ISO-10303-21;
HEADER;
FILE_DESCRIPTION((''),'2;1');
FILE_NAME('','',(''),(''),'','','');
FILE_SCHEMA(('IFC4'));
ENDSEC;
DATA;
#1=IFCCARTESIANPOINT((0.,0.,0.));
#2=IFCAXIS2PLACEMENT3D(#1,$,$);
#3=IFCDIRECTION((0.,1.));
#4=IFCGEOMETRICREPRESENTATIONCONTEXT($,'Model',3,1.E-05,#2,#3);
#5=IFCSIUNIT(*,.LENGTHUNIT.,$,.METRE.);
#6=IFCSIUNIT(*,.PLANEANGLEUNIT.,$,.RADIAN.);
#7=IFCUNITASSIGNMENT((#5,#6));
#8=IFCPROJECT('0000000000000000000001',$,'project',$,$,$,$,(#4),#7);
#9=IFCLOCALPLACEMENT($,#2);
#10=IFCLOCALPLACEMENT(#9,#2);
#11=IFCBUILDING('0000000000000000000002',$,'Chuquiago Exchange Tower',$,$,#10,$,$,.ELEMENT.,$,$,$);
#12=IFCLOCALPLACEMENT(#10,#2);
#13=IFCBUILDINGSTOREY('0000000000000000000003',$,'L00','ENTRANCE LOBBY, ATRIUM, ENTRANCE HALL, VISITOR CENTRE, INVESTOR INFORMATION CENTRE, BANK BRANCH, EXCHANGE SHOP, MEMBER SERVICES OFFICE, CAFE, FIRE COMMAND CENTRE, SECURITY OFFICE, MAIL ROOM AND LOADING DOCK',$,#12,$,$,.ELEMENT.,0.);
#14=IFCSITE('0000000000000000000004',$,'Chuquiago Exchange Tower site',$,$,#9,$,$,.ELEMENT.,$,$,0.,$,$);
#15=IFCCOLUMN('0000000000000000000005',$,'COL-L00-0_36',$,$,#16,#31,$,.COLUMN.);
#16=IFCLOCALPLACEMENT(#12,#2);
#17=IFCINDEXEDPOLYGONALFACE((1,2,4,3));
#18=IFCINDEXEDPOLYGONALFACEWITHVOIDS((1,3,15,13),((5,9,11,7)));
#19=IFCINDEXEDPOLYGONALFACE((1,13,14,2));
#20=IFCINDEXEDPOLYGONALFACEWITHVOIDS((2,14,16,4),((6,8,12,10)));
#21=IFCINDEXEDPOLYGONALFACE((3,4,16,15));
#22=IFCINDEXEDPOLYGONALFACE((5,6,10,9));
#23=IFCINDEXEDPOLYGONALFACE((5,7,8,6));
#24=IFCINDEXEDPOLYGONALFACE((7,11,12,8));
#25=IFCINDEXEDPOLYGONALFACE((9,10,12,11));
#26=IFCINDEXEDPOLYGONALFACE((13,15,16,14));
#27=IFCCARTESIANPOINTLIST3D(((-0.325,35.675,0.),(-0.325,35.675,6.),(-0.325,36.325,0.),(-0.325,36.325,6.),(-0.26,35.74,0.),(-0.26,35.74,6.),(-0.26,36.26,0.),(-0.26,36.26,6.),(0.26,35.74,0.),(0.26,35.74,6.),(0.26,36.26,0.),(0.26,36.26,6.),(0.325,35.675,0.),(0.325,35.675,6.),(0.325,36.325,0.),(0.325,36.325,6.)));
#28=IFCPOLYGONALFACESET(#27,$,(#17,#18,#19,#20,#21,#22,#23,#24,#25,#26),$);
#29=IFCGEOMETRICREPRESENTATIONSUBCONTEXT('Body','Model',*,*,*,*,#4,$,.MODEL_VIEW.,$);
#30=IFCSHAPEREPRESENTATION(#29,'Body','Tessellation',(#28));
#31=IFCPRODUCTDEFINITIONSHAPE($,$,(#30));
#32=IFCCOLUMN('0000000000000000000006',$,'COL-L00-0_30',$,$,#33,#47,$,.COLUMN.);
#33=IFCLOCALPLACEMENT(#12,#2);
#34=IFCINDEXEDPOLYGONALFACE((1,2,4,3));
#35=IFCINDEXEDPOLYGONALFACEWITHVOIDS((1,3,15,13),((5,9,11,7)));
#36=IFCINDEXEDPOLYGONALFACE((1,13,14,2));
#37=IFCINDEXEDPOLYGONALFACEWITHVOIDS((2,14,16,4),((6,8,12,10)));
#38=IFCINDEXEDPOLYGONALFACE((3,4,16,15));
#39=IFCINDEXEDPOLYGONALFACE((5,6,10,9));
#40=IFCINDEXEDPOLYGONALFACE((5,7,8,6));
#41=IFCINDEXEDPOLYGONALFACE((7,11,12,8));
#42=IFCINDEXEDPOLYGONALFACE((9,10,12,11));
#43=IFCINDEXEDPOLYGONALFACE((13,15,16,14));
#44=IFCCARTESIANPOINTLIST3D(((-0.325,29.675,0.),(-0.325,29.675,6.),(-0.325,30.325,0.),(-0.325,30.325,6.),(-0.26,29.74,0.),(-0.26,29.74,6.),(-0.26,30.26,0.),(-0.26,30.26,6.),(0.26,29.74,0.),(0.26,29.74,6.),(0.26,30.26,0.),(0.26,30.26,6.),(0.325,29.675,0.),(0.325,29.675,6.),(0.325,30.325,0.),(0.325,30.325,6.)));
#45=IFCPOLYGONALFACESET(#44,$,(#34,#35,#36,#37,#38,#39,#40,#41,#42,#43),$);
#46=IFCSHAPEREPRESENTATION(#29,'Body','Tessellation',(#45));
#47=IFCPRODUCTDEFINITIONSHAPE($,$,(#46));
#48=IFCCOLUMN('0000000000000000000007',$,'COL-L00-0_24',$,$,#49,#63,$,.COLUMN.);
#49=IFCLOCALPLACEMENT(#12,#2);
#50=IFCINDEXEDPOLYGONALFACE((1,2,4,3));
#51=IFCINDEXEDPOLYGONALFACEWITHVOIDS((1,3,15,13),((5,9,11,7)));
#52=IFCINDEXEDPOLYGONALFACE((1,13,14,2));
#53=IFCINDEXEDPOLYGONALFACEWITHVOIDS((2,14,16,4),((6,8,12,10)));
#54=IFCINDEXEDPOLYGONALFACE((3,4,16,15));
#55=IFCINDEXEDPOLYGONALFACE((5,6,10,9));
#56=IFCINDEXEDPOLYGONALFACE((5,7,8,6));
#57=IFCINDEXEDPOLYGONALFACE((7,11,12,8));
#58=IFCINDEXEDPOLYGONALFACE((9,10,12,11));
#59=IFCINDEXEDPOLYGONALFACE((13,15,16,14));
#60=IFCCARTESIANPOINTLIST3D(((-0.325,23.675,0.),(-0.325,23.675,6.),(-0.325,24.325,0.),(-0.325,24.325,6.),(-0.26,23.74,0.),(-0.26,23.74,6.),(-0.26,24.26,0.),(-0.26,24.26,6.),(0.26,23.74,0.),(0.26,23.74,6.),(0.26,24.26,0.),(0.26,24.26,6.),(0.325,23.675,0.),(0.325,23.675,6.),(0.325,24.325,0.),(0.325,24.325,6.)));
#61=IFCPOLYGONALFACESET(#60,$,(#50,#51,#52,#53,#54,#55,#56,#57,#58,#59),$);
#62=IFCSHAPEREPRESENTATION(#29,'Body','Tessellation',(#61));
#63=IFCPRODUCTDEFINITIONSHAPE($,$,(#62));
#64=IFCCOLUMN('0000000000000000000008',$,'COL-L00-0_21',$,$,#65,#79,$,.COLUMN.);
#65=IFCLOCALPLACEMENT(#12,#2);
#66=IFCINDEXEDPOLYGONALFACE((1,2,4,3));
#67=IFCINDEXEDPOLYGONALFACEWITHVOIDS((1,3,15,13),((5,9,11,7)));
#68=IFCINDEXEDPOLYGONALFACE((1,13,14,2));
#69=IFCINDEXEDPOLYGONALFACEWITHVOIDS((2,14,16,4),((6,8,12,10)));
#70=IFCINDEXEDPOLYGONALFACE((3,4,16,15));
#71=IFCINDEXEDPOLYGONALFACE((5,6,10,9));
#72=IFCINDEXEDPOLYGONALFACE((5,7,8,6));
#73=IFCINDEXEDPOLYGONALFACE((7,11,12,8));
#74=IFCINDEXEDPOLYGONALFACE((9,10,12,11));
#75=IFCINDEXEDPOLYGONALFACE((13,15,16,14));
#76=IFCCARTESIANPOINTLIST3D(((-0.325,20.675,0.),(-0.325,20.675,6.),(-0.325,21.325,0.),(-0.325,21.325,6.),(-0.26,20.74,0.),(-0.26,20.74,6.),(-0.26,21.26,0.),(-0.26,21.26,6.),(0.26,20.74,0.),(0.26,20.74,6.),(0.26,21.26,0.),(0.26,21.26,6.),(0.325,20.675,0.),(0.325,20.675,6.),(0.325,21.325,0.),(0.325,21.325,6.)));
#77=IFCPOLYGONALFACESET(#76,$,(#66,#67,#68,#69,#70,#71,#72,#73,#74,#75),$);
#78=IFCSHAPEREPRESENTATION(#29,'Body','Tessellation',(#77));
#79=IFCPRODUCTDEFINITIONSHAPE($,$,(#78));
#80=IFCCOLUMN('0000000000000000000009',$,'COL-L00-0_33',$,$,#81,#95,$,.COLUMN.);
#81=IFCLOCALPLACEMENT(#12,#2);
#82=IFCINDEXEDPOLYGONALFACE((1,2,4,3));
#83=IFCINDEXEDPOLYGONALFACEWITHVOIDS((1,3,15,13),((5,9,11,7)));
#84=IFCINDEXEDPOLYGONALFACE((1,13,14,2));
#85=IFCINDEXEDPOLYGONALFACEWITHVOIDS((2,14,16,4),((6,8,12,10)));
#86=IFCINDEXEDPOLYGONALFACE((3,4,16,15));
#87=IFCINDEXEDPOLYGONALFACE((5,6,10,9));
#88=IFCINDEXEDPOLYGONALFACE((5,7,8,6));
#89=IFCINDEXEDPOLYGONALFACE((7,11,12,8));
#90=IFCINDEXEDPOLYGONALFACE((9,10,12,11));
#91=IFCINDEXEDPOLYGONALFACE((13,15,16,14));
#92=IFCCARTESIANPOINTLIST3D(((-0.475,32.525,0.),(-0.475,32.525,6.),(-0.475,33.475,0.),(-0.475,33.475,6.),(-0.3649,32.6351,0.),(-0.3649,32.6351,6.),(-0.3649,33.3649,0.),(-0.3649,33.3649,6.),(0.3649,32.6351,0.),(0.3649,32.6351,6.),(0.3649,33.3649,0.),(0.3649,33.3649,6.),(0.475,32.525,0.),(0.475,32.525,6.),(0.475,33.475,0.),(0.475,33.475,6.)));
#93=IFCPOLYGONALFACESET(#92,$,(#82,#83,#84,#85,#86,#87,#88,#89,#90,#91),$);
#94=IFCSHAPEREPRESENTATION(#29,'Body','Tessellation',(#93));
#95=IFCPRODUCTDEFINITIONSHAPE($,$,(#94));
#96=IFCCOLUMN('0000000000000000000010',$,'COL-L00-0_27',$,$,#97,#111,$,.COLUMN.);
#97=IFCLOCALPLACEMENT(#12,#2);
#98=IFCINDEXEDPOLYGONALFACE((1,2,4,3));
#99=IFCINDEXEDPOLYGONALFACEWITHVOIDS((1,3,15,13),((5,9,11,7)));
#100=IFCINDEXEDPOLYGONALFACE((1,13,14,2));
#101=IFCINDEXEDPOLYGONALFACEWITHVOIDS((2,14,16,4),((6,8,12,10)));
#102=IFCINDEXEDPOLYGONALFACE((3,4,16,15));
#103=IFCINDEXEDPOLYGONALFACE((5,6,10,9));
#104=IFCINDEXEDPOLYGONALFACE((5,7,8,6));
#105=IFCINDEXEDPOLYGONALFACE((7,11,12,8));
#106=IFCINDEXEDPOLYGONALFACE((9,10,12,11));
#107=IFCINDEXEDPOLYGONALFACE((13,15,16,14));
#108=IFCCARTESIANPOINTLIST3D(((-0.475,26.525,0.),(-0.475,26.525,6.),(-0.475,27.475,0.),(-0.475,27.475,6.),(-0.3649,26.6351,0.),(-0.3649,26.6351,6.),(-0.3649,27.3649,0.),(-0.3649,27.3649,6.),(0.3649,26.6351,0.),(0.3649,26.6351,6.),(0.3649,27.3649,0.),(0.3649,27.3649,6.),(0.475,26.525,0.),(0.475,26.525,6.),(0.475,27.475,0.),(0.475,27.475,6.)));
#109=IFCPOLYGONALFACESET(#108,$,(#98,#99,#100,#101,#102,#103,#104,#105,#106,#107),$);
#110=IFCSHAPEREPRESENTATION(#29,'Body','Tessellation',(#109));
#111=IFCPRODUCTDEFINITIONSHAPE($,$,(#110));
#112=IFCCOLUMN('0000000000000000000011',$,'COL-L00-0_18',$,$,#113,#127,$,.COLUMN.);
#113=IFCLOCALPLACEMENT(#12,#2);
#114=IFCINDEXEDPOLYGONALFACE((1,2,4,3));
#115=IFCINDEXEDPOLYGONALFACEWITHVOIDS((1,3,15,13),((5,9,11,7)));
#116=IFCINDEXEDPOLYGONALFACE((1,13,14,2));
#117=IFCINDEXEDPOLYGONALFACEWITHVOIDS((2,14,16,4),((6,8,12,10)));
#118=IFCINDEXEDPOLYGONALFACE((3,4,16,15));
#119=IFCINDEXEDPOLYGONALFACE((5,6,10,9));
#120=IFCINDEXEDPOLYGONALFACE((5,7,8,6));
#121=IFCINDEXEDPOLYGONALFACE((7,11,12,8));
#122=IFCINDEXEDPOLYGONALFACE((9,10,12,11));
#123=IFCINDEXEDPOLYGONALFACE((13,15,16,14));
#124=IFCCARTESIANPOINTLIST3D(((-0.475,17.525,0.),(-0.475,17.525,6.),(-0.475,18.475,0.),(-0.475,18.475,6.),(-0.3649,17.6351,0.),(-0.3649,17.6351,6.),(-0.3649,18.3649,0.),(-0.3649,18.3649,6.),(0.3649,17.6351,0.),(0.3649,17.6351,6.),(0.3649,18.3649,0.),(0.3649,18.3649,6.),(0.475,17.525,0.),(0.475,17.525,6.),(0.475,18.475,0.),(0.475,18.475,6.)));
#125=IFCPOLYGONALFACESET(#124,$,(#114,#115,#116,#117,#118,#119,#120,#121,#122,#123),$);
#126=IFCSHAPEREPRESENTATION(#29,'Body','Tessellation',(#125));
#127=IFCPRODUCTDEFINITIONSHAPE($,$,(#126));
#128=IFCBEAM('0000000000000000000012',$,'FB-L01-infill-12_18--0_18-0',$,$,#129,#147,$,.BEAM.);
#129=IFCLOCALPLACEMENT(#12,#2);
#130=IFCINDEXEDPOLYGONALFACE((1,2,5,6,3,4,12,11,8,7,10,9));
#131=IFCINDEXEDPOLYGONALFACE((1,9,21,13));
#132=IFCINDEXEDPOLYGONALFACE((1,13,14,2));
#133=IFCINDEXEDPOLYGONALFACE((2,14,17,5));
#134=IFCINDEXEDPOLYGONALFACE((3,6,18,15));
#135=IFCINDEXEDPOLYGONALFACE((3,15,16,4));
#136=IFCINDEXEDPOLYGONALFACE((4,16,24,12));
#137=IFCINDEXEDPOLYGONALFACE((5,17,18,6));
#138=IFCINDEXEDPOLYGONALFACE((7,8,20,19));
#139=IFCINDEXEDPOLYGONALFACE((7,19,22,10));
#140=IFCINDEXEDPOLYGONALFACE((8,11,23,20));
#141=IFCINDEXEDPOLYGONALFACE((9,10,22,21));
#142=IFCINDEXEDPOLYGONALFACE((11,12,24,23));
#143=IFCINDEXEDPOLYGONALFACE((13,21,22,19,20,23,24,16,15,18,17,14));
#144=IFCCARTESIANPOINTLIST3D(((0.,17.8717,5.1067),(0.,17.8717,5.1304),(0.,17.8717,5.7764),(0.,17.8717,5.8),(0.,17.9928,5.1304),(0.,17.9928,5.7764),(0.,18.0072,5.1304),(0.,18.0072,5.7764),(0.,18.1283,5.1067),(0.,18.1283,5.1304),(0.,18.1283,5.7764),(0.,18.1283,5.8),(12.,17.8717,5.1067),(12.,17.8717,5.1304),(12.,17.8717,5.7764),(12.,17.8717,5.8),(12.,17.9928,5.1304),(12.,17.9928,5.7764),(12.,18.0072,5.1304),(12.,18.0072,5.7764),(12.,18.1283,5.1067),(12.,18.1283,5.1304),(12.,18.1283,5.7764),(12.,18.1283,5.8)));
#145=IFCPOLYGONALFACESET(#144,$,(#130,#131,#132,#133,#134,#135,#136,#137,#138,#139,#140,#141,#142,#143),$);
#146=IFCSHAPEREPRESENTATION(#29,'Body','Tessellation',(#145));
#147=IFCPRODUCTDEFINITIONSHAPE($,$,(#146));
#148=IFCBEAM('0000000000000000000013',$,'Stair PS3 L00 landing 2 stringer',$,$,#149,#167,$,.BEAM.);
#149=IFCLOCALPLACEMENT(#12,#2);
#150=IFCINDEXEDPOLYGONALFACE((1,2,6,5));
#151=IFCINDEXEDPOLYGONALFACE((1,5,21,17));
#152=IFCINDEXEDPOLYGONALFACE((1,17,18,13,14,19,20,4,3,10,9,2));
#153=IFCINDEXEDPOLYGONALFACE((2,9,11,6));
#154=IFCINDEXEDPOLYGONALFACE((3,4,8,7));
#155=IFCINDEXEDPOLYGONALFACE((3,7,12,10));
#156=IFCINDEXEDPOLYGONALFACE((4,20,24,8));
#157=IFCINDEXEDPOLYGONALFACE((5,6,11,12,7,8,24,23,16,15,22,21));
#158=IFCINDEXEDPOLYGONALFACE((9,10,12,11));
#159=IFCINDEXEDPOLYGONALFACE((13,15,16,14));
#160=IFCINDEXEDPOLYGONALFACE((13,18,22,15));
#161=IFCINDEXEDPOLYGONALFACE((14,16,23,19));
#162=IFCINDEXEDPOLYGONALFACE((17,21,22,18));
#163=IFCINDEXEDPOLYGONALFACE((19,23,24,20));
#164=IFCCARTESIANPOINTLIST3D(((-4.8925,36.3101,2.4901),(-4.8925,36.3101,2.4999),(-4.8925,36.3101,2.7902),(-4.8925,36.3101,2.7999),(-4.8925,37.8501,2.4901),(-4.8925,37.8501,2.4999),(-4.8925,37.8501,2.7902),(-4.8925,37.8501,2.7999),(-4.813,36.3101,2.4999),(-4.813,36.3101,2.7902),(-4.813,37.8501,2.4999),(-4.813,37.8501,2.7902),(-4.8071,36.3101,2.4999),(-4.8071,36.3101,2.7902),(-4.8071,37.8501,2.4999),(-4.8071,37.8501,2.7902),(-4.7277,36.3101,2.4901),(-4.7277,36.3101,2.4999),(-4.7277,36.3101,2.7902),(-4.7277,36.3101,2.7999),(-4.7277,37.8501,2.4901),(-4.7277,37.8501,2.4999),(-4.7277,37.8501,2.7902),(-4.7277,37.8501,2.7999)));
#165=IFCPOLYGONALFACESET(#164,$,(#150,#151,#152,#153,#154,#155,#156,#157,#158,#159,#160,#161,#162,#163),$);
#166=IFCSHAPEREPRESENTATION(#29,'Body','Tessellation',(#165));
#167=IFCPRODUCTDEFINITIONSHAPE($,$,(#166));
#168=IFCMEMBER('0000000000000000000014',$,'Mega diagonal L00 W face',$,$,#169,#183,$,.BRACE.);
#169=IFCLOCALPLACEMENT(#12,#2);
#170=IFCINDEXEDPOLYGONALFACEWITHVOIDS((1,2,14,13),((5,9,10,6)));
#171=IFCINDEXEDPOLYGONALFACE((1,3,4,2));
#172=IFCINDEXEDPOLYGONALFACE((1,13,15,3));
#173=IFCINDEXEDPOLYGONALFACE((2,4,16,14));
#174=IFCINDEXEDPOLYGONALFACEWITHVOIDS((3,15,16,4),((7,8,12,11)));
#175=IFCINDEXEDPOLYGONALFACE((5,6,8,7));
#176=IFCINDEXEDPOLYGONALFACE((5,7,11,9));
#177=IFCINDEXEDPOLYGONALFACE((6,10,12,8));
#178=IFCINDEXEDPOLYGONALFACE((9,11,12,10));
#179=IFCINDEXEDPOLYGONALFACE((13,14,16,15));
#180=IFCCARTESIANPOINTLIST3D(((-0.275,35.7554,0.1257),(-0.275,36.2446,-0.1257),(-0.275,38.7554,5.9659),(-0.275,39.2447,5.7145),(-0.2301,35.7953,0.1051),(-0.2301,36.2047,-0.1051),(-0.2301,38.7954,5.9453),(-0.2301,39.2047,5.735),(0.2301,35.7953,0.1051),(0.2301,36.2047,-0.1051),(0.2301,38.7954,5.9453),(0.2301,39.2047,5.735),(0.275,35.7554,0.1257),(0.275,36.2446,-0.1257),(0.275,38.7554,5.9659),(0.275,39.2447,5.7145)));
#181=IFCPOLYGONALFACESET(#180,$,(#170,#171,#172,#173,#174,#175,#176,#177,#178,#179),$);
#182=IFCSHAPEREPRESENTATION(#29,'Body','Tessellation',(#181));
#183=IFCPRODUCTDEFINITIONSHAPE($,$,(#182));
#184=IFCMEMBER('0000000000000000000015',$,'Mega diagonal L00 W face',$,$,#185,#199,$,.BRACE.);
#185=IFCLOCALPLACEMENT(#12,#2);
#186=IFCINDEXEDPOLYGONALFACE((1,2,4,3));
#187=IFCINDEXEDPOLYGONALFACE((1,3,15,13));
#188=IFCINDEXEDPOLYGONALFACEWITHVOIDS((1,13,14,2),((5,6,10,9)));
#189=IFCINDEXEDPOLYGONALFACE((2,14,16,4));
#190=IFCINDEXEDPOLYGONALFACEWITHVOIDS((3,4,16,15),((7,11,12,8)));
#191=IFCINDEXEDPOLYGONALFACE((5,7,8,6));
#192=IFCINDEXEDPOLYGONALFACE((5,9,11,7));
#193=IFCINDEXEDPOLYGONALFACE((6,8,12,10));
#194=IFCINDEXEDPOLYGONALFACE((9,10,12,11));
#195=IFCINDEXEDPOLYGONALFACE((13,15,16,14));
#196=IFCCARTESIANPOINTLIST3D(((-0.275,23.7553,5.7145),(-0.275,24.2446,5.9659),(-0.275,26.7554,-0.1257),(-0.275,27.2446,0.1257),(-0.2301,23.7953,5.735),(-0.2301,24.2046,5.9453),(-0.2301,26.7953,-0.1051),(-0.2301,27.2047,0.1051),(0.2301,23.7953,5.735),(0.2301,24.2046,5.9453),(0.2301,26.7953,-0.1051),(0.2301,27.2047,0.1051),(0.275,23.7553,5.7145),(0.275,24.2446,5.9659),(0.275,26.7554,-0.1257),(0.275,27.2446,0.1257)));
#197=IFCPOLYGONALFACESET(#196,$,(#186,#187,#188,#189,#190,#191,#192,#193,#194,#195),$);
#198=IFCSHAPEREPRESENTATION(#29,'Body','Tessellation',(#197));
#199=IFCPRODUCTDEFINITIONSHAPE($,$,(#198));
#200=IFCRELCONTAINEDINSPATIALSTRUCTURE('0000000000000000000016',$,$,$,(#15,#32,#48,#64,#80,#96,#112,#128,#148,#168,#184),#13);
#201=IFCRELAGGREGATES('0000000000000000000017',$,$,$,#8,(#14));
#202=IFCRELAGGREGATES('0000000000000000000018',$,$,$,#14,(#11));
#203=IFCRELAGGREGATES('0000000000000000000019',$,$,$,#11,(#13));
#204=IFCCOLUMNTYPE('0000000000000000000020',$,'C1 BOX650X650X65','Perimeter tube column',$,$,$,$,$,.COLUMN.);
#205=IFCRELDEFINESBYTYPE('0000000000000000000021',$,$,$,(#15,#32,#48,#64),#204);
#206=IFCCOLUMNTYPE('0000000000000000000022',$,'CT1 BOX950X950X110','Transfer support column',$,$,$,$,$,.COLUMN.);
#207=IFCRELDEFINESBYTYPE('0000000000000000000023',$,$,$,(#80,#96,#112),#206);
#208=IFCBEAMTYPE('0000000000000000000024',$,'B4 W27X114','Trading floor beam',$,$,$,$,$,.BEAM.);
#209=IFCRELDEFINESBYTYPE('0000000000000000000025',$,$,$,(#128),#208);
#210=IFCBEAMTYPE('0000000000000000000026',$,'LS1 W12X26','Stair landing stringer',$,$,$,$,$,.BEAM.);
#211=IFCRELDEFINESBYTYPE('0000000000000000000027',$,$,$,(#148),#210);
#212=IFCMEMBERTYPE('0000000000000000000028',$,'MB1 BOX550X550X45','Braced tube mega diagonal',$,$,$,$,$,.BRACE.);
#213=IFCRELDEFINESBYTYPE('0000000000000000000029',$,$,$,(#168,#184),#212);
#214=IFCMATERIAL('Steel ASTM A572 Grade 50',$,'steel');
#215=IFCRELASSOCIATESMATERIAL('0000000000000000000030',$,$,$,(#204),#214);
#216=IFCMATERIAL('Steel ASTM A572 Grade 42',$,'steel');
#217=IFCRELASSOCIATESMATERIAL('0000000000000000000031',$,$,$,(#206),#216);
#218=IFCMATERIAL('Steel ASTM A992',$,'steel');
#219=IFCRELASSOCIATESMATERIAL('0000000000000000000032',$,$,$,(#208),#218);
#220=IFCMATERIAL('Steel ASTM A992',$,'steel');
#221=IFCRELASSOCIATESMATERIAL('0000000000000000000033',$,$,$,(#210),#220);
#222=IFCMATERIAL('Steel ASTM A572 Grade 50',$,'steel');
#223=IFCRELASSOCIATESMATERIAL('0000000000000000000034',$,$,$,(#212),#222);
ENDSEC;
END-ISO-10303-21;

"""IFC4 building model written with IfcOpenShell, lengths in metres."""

from ifc_helpers import new_model, si_unit, direction, frame, origin, origin_2d, place, context, subcontext, project, spatial, hollow_rectangle, i_section, extrude, material, material_profile, profile_set, type_object, element, save


model = new_model("IFC4")

# Units and contexts
model_context = context("Model", 3, precision=1e-05, world=origin(), true_north=direction((0.0, 1.0)))
body_context = subcontext(model_context, "Body", "Model", "MODEL_VIEW")
ifc_project = project(units=[si_unit("LENGTHUNIT", "METRE"), si_unit("PLANEANGLEUNIT", "RADIAN")], contexts=[model_context])

# Site, building, storey
site_placement = place(None, origin())
site = spatial("IfcSite", under=ifc_project, at=site_placement, Name="Chuquiago Exchange Tower site", CompositionType="ELEMENT", RefElevation=0.0)
building_placement = place(site_placement, origin())
building = spatial("IfcBuilding", under=site, at=building_placement, Name="Chuquiago Exchange Tower", CompositionType="ELEMENT")
storey_placement = place(building_placement, origin())
storey = spatial("IfcBuildingStorey", under=building, at=storey_placement, Name="L00", Description="ENTRANCE LOBBY, ATRIUM, ENTRANCE HALL, VISITOR CENTRE, INVESTOR INFORMATION CENTRE, BANK BRANCH, EXCHANGE SHOP, MEMBER SERVICES OFFICE, CAFE, FIRE COMMAND CENTRE, SECURITY OFFICE, MAIL ROOM AND LOADING DOCK", CompositionType="ELEMENT", Elevation=0.0)

# Columns
ifc_material_1 = material(Name="Steel ASTM A572 Grade 50", Category="steel")
ifc_material_profile_1 = material_profile(ifc_material_1, hollow_rectangle(XDim=0.6499, YDim=0.6499, WallThickness=0.0649, at=origin_2d()), Name="BOX650X650X65")
ifc_profile_set_1 = profile_set([ifc_material_profile_1], Name="Steel ASTM A572 Grade 50")
column_type_1 = type_object("IfcColumnType", Name="C1 BOX650X650X65", Description="Perimeter tube column", PredefinedType="COLUMN", material=ifc_profile_set_1)
for number, where, z_axis, x_axis, name in (
    (1, (0.0, 36.0, 0.0), (0.0, 0.0, 1.0), (-1.0, 0.0, 0.0), "COL-L00-0_36"),
    (2, (0.0, 30.0, 0.0), (0.0, 0.0, 1.0), (-1.0, 0.0, 0.0), "COL-L00-0_30"),
    (3, (0.0, 24.0, 0.0), (0.0, 0.0, 1.0), (-1.0, 0.0, 0.0), "COL-L00-0_24"),
    (4, (0.0, 21.0, 0.0), (0.0, 0.0, 1.0), (-1.0, 0.0, 0.0), "COL-L00-0_21"),
):
    element("IfcColumn", number, at=place(storey_placement, frame(where, z_axis=z_axis, x_axis=x_axis)), inside=storey, type_object=column_type_1, Name=name, PredefinedType="COLUMN", context=body_context, shape_type="SweptSolid", body=[
        extrude(hollow_rectangle(XDim=0.6499, YDim=0.6499, WallThickness=0.0649, at=origin_2d()), origin(), (0.0, 0.0, 1.0), 6.0),
    ])
ifc_material_2 = material(Name="Steel ASTM A572 Grade 42", Category="steel")
ifc_material_profile_2 = material_profile(ifc_material_2, hollow_rectangle(XDim=0.95, YDim=0.95, WallThickness=0.1101, at=origin_2d()), Name="BOX950X950X110")
ifc_profile_set_2 = profile_set([ifc_material_profile_2], Name="Steel ASTM A572 Grade 42")
column_type_2 = type_object("IfcColumnType", Name="CT1 BOX950X950X110", Description="Transfer support column", PredefinedType="COLUMN", material=ifc_profile_set_2)
for number, where, z_axis, x_axis, name in (
    (5, (0.0, 33.0, 0.0), (0.0, 0.0, 1.0), (-1.0, 0.0, 0.0), "COL-L00-0_33"),
    (6, (0.0, 27.0, 0.0), (0.0, 0.0, 1.0), (-1.0, 0.0, 0.0), "COL-L00-0_27"),
    (7, (0.0, 18.0, 0.0), (0.0, 0.0, 1.0), (-1.0, 0.0, 0.0), "COL-L00-0_18"),
):
    element("IfcColumn", number, at=place(storey_placement, frame(where, z_axis=z_axis, x_axis=x_axis)), inside=storey, type_object=column_type_2, Name=name, PredefinedType="COLUMN", context=body_context, shape_type="SweptSolid", body=[
        extrude(hollow_rectangle(XDim=0.95, YDim=0.95, WallThickness=0.1101, at=origin_2d()), origin(), (0.0, 0.0, 1.0), 6.0),
    ])

# Beams
ifc_material_3 = material(Name="Steel ASTM A992", Category="steel")
ifc_material_profile_3 = material_profile(ifc_material_3, i_section(OverallWidth=0.2566, OverallDepth=0.6934, WebThickness=0.0144, FlangeThickness=0.0237, at=origin_2d()), Name="W27X114")
ifc_profile_set_3 = profile_set([ifc_material_profile_3], Name="Steel ASTM A992")
beam_type_1 = type_object("IfcBeamType", Name="B4 W27X114", Description="Trading floor beam", PredefinedType="BEAM", material=ifc_profile_set_3)
beam_1_placement = place(storey_placement, frame((12.0, 18.0, 5.4534), z_axis=(-1.0, 0.0, 0.0), x_axis=(0.0, -1.0, 0.0)))
element("IfcBeam", 8, at=beam_1_placement, inside=storey, type_object=beam_type_1, Name="FB-L01-infill-12_18--0_18-0", PredefinedType="BEAM", context=body_context, shape_type="SweptSolid", body=[
    extrude(i_section(OverallWidth=0.2566, OverallDepth=0.6934, WebThickness=0.0144, FlangeThickness=0.0237, at=origin_2d()), origin(), (0.0, 0.0, 1.0), 12.0),
])
ifc_material_4 = material(Name="Steel ASTM A992", Category="steel")
ifc_material_profile_4 = material_profile(ifc_material_4, i_section(OverallWidth=0.1648, OverallDepth=0.3098, WebThickness=0.0059, FlangeThickness=0.0098, at=origin_2d()), Name="W12X26")
ifc_profile_set_4 = profile_set([ifc_material_profile_4], Name="Steel ASTM A992")
beam_type_2 = type_object("IfcBeamType", Name="LS1 W12X26", Description="Stair landing stringer", PredefinedType="BEAM", material=ifc_profile_set_4)
beam_2_placement = place(storey_placement, frame((-4.8101, 36.3101, 2.645), z_axis=(0.0, 1.0, 0.0), x_axis=(-1.0, 0.0, 0.0)))
element("IfcBeam", 9, at=beam_2_placement, inside=storey, type_object=beam_type_2, Name="Stair PS3 L00 landing 2 stringer", PredefinedType="BEAM", context=body_context, shape_type="SweptSolid", body=[
    extrude(i_section(OverallWidth=0.1648, OverallDepth=0.3098, WebThickness=0.0059, FlangeThickness=0.0098, at=origin_2d()), origin(), (0.0, 0.0, 1.0), 1.54),
])

# Members
ifc_material_5 = material(Name="Steel ASTM A572 Grade 50", Category="steel")
ifc_material_profile_5 = material_profile(ifc_material_5, hollow_rectangle(XDim=0.55, YDim=0.55, WallThickness=0.0449, at=origin_2d()), Name="BOX550X550X45")
ifc_profile_set_5 = profile_set([ifc_material_profile_5], Name="Steel ASTM A572 Grade 50")
member_type = type_object("IfcMemberType", Name="MB1 BOX550X550X45", Description="Braced tube mega diagonal", PredefinedType="BRACE", material=ifc_profile_set_5)
for number, where, z_axis, x_axis, name in (
    (10, (0.0, 36.0, 0.0), (0.0, 0.45693, 0.889503), (-1.0, 0.0, 0.0), "Mega diagonal L00 W face"),
    (11, (0.0, 27.0, 0.0), (0.0, -0.45693, 0.889503), (1.0, 0.0, 0.0), "Mega diagonal L00 W face"),
):
    element("IfcMember", number, at=place(storey_placement, frame(where, z_axis=z_axis, x_axis=x_axis)), inside=storey, type_object=member_type, Name=name, PredefinedType="BRACE", context=body_context, shape_type="SweptSolid", body=[
        extrude(hollow_rectangle(XDim=0.55, YDim=0.55, WallThickness=0.0449, at=origin_2d()), origin(), (0.0, 0.0, 1.0), 6.5657),
    ])

save(model, "model.ifc")
